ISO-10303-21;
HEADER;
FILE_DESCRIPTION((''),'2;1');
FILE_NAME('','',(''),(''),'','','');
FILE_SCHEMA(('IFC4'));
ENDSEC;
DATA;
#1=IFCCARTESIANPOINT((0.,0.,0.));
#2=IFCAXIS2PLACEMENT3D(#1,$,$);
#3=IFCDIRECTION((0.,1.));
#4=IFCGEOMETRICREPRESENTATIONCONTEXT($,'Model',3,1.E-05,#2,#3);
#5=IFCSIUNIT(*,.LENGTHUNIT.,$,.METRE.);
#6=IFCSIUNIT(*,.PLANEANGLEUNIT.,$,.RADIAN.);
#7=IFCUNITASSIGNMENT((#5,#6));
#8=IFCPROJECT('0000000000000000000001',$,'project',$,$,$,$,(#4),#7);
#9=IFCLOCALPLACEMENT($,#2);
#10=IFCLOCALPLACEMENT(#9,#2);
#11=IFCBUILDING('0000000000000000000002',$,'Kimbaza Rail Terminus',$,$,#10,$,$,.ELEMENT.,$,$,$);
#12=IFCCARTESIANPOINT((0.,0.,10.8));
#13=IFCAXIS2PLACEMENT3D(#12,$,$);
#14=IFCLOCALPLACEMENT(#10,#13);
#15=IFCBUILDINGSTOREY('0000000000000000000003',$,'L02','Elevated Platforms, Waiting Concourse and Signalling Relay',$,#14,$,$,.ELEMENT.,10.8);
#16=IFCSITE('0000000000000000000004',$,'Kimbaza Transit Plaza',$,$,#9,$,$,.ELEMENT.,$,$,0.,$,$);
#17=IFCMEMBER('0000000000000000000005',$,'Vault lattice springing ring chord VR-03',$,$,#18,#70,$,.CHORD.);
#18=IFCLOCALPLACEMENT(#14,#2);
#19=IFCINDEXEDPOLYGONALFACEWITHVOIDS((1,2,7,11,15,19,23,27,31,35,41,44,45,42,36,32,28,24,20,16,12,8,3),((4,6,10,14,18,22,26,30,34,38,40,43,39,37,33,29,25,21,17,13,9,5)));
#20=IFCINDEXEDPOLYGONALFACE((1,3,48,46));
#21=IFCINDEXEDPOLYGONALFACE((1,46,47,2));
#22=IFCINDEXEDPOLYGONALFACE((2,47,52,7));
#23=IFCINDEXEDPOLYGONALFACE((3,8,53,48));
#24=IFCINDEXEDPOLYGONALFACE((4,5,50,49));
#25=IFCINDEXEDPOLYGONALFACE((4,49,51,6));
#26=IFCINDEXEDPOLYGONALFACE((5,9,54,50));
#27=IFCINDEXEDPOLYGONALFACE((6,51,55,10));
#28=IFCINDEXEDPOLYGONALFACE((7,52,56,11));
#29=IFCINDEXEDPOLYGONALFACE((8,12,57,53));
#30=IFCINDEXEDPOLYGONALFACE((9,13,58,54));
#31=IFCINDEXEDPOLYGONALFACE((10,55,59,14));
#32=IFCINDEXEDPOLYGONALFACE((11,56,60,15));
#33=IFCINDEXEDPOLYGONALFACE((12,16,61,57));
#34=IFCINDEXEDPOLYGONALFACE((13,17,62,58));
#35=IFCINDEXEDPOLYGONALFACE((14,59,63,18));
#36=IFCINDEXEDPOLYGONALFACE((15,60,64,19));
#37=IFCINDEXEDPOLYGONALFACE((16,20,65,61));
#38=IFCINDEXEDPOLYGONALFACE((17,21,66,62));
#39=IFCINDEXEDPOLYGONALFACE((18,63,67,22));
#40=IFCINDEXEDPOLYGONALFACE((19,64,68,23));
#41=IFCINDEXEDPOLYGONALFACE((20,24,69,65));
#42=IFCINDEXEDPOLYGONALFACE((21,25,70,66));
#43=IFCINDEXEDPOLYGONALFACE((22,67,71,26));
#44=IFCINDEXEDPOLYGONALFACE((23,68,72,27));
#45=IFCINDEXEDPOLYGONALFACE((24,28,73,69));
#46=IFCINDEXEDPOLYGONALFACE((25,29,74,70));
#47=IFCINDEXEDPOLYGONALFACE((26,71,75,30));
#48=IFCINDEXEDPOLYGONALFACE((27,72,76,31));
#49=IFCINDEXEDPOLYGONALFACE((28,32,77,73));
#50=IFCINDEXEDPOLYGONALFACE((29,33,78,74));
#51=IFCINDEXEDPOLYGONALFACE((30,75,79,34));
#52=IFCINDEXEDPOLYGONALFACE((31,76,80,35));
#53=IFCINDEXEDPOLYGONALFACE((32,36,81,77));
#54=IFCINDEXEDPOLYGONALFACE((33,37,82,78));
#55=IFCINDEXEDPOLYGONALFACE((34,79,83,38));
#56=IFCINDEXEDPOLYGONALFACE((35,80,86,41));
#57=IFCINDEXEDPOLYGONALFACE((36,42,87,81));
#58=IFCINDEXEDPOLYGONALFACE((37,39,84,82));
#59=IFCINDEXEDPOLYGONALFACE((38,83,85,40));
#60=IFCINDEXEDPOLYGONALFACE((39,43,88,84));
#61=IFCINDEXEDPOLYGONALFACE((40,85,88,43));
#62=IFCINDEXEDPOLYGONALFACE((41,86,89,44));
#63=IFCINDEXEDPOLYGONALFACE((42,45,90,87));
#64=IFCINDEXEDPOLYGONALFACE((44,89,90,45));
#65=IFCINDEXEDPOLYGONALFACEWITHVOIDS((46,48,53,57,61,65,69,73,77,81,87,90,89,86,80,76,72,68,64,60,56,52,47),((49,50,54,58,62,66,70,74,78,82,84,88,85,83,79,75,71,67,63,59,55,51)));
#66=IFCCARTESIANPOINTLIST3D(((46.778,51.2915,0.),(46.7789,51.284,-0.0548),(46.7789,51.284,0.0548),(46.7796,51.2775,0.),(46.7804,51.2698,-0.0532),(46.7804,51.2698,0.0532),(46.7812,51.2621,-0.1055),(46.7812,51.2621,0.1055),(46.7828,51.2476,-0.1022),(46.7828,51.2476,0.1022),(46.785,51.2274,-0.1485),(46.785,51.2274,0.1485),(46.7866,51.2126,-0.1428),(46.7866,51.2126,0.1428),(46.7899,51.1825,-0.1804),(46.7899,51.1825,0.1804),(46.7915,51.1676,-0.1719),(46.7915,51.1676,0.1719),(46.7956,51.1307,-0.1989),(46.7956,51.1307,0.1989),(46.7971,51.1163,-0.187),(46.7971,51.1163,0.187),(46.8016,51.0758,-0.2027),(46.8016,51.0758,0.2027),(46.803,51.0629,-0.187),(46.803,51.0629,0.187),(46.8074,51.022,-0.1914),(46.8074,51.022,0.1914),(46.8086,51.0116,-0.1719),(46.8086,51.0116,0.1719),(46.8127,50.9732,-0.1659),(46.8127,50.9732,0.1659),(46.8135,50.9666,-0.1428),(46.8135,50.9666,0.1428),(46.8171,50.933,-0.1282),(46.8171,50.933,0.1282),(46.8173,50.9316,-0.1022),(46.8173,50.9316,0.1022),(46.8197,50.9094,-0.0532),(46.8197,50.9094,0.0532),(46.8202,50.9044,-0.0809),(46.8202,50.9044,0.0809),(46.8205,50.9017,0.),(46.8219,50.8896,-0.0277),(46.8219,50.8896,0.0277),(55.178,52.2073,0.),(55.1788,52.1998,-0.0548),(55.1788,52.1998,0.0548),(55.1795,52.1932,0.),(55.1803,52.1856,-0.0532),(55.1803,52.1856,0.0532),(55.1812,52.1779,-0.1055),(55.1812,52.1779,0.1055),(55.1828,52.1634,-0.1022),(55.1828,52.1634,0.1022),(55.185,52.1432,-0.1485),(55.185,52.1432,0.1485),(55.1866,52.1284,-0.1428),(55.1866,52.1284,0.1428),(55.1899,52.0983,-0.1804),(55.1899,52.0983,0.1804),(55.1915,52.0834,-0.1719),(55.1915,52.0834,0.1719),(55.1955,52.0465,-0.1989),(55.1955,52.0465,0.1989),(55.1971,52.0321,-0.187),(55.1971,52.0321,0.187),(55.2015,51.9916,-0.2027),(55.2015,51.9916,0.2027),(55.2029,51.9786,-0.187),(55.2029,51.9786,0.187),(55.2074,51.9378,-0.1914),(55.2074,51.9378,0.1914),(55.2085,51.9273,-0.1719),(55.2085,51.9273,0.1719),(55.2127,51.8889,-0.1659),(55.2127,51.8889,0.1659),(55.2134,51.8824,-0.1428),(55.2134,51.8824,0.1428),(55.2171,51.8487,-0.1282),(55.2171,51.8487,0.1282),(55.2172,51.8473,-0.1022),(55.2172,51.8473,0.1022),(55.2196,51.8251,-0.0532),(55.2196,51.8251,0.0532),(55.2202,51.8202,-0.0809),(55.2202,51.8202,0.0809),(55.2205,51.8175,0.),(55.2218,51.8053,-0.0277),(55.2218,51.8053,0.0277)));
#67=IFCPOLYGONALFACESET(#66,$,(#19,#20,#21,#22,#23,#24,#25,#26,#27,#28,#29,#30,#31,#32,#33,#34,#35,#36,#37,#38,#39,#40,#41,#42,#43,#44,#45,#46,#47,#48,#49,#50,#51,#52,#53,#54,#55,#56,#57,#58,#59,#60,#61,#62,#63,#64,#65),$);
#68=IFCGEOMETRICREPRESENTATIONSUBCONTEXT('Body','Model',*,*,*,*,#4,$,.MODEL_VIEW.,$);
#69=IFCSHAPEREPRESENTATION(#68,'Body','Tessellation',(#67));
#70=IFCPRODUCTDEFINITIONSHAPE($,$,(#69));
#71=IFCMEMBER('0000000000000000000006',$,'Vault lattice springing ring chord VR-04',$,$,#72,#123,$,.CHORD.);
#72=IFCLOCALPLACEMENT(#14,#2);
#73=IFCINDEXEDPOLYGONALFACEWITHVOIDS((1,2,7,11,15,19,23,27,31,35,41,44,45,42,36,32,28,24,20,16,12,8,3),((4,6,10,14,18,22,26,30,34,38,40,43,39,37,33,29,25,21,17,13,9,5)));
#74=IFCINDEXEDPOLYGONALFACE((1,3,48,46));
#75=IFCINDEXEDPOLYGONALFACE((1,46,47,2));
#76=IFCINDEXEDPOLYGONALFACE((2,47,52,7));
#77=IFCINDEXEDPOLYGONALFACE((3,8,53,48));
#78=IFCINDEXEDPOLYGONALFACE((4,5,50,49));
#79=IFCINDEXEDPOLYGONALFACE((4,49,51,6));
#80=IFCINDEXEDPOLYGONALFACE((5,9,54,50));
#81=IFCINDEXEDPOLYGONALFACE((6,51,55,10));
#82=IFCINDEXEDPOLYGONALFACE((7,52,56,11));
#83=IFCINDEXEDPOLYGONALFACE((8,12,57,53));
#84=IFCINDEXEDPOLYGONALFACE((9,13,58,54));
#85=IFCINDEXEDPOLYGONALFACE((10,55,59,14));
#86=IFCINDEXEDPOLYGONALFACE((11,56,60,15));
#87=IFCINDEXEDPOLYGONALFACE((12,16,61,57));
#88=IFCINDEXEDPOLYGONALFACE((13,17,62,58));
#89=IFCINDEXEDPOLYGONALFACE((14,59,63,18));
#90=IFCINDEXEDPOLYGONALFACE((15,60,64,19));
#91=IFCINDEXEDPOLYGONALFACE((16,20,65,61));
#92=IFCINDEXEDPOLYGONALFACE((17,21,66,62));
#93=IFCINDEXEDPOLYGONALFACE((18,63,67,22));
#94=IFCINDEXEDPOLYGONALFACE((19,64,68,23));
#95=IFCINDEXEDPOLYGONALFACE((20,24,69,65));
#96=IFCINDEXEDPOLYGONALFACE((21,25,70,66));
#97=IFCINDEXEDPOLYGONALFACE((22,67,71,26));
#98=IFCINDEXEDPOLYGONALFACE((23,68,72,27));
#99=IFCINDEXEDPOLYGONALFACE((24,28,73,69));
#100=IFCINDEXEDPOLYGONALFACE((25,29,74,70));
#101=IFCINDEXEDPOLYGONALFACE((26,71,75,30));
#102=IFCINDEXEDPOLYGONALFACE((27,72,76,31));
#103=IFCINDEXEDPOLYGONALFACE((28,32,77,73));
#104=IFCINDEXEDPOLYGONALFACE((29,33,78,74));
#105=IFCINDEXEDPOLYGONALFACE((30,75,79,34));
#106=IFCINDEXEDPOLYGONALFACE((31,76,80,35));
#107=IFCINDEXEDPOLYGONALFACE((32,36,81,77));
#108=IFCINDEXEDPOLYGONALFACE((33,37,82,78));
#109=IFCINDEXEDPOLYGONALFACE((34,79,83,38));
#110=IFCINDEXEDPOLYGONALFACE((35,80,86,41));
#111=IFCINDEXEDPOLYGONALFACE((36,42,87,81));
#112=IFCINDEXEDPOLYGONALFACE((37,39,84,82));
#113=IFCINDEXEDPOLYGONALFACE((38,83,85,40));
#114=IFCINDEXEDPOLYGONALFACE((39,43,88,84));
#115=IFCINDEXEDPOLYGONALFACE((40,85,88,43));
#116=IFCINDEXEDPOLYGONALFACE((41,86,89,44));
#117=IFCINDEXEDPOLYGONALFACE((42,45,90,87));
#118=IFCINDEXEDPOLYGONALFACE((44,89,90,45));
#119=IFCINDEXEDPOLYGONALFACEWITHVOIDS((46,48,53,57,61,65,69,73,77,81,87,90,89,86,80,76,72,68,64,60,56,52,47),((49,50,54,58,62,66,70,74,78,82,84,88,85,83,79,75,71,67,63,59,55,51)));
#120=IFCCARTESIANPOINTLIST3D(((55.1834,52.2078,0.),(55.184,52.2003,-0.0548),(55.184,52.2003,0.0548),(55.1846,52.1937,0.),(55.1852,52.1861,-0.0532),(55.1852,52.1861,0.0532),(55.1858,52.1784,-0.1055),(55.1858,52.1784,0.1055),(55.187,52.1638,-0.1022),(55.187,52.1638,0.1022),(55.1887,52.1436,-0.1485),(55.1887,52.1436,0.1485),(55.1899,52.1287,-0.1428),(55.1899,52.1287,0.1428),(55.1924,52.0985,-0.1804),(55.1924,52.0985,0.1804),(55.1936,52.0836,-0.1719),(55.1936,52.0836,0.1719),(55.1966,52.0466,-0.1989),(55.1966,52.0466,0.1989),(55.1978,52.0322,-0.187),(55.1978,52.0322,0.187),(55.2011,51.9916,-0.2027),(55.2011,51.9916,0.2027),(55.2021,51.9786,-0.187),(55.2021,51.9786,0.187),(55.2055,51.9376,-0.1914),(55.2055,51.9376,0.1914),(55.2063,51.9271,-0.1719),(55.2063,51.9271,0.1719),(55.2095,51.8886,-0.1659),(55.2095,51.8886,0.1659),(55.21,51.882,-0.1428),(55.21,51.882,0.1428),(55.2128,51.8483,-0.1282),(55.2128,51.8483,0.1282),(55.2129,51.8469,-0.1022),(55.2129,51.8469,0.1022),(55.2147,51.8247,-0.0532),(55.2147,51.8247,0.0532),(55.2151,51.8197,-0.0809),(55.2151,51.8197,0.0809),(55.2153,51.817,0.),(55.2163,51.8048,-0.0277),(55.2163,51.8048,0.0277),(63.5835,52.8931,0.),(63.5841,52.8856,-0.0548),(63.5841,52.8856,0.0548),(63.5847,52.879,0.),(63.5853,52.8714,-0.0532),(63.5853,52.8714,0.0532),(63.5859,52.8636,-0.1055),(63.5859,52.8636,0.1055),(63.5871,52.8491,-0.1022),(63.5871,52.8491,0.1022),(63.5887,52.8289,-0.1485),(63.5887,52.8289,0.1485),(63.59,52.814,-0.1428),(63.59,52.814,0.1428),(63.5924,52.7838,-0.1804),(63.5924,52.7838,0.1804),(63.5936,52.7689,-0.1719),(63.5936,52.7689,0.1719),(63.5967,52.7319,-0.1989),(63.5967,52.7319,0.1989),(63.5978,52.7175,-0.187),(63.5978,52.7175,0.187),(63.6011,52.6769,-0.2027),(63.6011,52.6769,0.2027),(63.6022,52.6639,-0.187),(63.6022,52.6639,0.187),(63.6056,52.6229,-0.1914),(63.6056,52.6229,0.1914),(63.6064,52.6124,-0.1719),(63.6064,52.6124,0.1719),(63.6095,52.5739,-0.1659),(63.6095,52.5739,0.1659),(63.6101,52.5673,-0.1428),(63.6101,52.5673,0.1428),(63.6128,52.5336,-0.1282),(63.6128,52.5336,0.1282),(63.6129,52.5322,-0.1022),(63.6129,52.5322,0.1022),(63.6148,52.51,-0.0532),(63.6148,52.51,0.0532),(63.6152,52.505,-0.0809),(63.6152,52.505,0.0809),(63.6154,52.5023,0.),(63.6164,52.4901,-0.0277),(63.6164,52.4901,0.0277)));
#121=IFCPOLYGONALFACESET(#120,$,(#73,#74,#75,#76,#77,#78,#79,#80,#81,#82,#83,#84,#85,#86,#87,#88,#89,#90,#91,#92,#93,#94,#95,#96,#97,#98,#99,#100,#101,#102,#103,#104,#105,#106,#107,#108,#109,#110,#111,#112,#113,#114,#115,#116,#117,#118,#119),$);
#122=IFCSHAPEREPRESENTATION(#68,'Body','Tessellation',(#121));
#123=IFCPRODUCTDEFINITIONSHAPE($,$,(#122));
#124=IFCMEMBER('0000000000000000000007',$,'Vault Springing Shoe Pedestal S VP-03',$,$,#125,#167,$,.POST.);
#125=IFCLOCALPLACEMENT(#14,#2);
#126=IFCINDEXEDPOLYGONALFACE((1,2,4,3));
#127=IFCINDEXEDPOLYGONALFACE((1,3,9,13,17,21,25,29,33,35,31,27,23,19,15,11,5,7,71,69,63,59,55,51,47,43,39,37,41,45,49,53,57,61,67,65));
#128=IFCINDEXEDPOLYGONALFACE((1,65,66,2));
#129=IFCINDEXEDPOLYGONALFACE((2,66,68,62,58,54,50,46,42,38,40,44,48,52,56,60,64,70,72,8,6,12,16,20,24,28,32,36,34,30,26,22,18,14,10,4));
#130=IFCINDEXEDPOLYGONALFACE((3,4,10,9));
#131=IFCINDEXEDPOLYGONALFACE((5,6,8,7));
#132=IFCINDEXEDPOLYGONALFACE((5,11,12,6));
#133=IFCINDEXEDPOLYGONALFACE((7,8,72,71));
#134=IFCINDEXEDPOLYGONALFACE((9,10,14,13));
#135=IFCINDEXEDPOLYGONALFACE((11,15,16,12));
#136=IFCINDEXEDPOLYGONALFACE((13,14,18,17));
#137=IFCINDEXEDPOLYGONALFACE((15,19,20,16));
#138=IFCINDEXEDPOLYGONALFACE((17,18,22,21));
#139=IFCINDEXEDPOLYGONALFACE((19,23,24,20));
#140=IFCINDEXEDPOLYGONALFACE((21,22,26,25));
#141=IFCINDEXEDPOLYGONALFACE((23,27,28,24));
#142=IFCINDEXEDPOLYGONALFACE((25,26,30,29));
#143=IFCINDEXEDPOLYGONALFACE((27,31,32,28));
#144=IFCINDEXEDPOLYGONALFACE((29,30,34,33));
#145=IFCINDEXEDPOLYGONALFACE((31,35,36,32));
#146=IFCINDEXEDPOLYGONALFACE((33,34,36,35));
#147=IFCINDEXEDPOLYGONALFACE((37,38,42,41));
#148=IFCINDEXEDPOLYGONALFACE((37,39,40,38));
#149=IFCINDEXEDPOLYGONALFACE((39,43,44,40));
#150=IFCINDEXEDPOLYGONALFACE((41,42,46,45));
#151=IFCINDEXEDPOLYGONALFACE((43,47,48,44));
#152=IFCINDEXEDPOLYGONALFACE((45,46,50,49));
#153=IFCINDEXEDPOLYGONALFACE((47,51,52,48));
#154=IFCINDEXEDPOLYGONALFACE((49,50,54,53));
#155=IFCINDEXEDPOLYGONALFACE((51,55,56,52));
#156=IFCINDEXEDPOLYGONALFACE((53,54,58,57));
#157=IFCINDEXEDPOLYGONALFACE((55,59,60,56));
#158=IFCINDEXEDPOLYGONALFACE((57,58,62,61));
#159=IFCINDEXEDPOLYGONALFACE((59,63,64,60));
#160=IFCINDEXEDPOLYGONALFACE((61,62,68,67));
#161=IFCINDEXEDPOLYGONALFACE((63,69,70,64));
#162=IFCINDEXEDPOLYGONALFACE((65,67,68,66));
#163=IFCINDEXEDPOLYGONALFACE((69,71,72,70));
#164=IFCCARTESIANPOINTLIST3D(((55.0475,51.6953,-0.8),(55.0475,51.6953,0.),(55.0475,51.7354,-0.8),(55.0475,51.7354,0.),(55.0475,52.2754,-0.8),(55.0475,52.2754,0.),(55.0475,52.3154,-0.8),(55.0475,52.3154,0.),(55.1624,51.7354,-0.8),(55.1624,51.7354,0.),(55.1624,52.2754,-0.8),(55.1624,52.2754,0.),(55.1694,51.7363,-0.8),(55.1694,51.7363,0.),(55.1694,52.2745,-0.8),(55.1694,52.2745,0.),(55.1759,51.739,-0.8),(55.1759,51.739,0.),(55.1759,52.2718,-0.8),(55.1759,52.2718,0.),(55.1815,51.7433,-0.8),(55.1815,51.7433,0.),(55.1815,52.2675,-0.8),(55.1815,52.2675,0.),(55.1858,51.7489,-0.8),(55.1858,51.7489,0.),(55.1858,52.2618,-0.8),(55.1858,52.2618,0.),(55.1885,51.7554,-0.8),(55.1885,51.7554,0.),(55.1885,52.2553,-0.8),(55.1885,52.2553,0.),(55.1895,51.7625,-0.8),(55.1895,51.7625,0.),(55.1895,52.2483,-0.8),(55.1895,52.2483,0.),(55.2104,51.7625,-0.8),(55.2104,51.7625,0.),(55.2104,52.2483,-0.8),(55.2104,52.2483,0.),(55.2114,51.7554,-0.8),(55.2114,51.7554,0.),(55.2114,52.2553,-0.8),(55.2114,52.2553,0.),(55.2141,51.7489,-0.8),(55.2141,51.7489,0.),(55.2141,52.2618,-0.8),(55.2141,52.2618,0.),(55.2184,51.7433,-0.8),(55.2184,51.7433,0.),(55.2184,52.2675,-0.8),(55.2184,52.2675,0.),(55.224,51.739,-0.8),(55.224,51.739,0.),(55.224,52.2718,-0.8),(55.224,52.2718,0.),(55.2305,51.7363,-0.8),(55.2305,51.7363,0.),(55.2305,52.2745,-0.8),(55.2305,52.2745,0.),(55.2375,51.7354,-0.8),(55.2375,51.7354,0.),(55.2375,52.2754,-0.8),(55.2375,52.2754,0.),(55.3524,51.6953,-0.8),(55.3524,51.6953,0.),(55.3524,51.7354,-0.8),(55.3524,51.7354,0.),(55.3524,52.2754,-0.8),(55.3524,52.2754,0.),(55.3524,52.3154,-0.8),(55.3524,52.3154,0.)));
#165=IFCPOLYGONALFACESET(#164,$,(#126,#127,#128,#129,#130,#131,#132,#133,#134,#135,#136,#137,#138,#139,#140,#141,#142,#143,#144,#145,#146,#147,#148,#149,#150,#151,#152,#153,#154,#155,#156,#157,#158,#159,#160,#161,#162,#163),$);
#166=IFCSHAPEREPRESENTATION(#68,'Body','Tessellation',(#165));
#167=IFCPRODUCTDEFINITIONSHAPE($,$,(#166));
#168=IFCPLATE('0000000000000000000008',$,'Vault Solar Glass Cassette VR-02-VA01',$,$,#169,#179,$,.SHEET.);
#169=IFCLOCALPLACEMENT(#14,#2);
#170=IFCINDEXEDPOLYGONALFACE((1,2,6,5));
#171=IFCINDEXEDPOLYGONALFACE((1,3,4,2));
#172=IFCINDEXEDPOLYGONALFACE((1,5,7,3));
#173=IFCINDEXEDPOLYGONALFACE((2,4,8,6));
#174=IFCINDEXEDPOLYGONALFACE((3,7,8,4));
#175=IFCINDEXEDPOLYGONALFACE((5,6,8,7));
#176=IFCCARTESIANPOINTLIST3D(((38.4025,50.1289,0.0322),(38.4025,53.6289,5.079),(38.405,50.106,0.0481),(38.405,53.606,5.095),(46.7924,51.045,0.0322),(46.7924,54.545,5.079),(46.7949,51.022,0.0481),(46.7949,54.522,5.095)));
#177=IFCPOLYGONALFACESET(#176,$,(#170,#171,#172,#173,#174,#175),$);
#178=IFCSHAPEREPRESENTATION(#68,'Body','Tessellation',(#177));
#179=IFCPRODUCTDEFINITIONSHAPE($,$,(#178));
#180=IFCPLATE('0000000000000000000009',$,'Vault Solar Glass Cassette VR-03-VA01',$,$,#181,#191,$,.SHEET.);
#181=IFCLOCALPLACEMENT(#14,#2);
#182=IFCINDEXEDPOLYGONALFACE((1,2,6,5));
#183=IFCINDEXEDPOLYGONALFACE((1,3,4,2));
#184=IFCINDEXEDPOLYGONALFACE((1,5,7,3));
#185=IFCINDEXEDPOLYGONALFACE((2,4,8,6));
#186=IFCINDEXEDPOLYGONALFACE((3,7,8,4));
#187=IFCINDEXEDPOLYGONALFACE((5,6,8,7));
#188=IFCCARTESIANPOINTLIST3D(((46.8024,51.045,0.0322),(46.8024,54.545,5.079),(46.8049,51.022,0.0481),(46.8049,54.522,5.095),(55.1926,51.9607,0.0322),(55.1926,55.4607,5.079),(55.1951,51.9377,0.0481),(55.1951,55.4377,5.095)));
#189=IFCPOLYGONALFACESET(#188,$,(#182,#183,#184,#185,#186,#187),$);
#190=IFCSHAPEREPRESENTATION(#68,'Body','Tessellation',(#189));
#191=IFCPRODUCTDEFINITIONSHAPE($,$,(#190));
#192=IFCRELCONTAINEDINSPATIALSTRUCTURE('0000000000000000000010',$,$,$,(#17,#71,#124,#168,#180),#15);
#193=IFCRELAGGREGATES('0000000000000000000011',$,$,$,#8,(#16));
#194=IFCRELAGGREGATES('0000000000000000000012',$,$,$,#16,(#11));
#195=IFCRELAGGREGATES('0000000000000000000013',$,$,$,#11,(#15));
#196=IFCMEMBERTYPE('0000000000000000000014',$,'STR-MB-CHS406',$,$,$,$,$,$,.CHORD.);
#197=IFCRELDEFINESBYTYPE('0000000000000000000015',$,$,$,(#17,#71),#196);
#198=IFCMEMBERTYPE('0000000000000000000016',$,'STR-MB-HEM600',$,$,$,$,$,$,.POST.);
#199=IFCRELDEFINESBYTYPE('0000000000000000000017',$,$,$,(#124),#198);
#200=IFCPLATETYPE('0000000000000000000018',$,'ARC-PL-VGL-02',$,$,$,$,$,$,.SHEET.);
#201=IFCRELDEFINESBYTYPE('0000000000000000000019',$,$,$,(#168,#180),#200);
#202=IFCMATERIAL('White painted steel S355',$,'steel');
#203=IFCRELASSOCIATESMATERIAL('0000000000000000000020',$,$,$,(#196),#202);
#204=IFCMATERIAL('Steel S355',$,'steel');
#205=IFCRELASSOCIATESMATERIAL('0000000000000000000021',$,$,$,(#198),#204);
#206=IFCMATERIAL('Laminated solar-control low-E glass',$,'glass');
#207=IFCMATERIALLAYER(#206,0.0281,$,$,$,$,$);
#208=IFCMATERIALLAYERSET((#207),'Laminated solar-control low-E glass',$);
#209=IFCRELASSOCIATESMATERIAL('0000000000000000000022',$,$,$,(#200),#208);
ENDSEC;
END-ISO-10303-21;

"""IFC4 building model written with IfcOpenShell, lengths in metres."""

from ifc_helpers import new_model, si_unit, direction, frame, origin, origin_2d, place, context, subcontext, project, spatial, polyline, hollow_circle, i_section, outline, extrude, material, layer, layer_set, material_profile, profile_set, type_object, element, save


model = new_model("IFC4")

# Units and contexts
model_context = context("Model", 3, precision=1e-05, world=origin(), true_north=direction((0.0, 1.0)))
body_context = subcontext(model_context, "Body", "Model", "MODEL_VIEW")
ifc_project = project(units=[si_unit("LENGTHUNIT", "METRE"), si_unit("PLANEANGLEUNIT", "RADIAN")], contexts=[model_context])

# Site, building, storey
site_placement = place(None, origin())
site = spatial("IfcSite", under=ifc_project, at=site_placement, Name="Kimbaza Transit Plaza", CompositionType="ELEMENT", RefElevation=0.0)
building_placement = place(site_placement, origin())
building = spatial("IfcBuilding", under=site, at=building_placement, Name="Kimbaza Rail Terminus", CompositionType="ELEMENT")
storey_placement = place(building_placement, frame((0.0, 0.0, 10.8)))
storey = spatial("IfcBuildingStorey", under=building, at=storey_placement, Name="L02", Description="Elevated Platforms, Waiting Concourse and Signalling Relay", CompositionType="ELEMENT", Elevation=10.8)

# Members
ifc_material_1 = material(Name="White painted steel S355", Category="steel")
ifc_material_profile_1 = material_profile(ifc_material_1, hollow_circle(Radius=0.2031, WallThickness=0.0142, at=origin_2d()), Name="CHS 406.4x14.2")
ifc_profile_set_1 = profile_set([ifc_material_profile_1], Name="White painted steel S355")
member_type_1 = type_object("IfcMemberType", Name="STR-MB-CHS406", PredefinedType="CHORD", material=ifc_profile_set_1)
member_1_placement = place(storey_placement, frame((46.8, 51.0896, 0.0), z_axis=(0.99411, 0.10838, 0.0), x_axis=(-0.10838, 0.99411, 0.0)))
element("IfcMember", 1, at=member_1_placement, inside=storey, type_object=member_type_1, Name="Vault lattice springing ring chord VR-03", PredefinedType="CHORD", context=body_context, shape_type="SweptSolid", body=[
    extrude(hollow_circle(Radius=0.2031, WallThickness=0.0142, at=origin_2d()), origin(), (0.0, 0.0, 1.0), 8.4497),
])
member_2_placement = place(storey_placement, frame((55.2, 52.0054, 0.0), z_axis=(0.996689, 0.081312, 0.0), x_axis=(-0.081312, 0.996689, 0.0)))
element("IfcMember", 2, at=member_2_placement, inside=storey, type_object=member_type_1, Name="Vault lattice springing ring chord VR-04", PredefinedType="CHORD", context=body_context, shape_type="SweptSolid", body=[
    extrude(hollow_circle(Radius=0.2031, WallThickness=0.0142, at=origin_2d()), origin(), (0.0, 0.0, 1.0), 8.428),
])
ifc_material_2 = material(Name="Steel S355", Category="steel")
ifc_material_profile_2 = material_profile(ifc_material_2, i_section(OverallWidth=0.3049, OverallDepth=0.6201, WebThickness=0.021, FlangeThickness=0.04, FilletRadius=0.0271, at=origin_2d()), Name="HEM 600")
ifc_profile_set_2 = profile_set([ifc_material_profile_2], Name="Steel S355")
member_type_2 = type_object("IfcMemberType", Name="STR-MB-HEM600", PredefinedType="POST", material=ifc_profile_set_2)
member_3_placement = place(storey_placement, frame((55.2, 52.0054, -0.8), z_axis=(0.0, 0.0, 1.0), x_axis=(1.0, 0.0, 0.0)))
element("IfcMember", 3, at=member_3_placement, inside=storey, type_object=member_type_2, Name="Vault Springing Shoe Pedestal S VP-03", PredefinedType="POST", context=body_context, shape_type="SweptSolid", body=[
    extrude(i_section(OverallWidth=0.3049, OverallDepth=0.6201, WebThickness=0.021, FlangeThickness=0.04, FilletRadius=0.0271, at=origin_2d()), origin(), (0.0, 0.0, 1.0), 0.8),
])

# Plates
ifc_material_3 = material(Name="Laminated solar-control low-E glass", Category="glass")
ifc_layer_1 = layer(ifc_material_3, 0.0281)
ifc_layer_set_1 = layer_set([ifc_layer_1], Name="Laminated solar-control low-E glass")
plate_type_1 = type_object("IfcPlateType", Name="ARC-PL-VGL-02", PredefinedType="SHEET", material=ifc_layer_set_1)
plate_1_placement = place(storey_placement, frame((38.405, 50.106, 0.0481), z_axis=(0.089359, -0.818447, 0.567591), x_axis=(0.994093, 0.108536, 0.0)))
element("IfcPlate", 4, at=plate_1_placement, inside=storey, type_object=plate_type_1, Name="Vault Solar Glass Cassette VR-02-VA01", PredefinedType="SHEET", context=body_context, shape_type="SweptSolid", body=[
    extrude(outline(polyline([(0.0, 0.0), (8.4398, 0.0), (8.8196, 6.13), (0.3799, 6.13), (0.0, 0.0)])), origin(), (0.0, 0.0, -1.0), 0.0281),
])
plate_2_placement = place(storey_placement, frame((46.8049, 51.022, 0.0481), z_axis=(0.089332, -0.818449, 0.567593), x_axis=(0.994096, 0.108504, 0.0)))
element("IfcPlate", 5, at=plate_2_placement, inside=storey, type_object=plate_type_1, Name="Vault Solar Glass Cassette VR-03-VA01", PredefinedType="SHEET", context=body_context, shape_type="SweptSolid", body=[
    extrude(outline(polyline([(0.0, 0.0), (8.44, 0.0), (8.8197, 6.13), (0.3798, 6.13), (0.0, 0.0)])), origin(), (0.0, 0.0, -1.0), 0.0281),
])

save(model, "model.ifc")
